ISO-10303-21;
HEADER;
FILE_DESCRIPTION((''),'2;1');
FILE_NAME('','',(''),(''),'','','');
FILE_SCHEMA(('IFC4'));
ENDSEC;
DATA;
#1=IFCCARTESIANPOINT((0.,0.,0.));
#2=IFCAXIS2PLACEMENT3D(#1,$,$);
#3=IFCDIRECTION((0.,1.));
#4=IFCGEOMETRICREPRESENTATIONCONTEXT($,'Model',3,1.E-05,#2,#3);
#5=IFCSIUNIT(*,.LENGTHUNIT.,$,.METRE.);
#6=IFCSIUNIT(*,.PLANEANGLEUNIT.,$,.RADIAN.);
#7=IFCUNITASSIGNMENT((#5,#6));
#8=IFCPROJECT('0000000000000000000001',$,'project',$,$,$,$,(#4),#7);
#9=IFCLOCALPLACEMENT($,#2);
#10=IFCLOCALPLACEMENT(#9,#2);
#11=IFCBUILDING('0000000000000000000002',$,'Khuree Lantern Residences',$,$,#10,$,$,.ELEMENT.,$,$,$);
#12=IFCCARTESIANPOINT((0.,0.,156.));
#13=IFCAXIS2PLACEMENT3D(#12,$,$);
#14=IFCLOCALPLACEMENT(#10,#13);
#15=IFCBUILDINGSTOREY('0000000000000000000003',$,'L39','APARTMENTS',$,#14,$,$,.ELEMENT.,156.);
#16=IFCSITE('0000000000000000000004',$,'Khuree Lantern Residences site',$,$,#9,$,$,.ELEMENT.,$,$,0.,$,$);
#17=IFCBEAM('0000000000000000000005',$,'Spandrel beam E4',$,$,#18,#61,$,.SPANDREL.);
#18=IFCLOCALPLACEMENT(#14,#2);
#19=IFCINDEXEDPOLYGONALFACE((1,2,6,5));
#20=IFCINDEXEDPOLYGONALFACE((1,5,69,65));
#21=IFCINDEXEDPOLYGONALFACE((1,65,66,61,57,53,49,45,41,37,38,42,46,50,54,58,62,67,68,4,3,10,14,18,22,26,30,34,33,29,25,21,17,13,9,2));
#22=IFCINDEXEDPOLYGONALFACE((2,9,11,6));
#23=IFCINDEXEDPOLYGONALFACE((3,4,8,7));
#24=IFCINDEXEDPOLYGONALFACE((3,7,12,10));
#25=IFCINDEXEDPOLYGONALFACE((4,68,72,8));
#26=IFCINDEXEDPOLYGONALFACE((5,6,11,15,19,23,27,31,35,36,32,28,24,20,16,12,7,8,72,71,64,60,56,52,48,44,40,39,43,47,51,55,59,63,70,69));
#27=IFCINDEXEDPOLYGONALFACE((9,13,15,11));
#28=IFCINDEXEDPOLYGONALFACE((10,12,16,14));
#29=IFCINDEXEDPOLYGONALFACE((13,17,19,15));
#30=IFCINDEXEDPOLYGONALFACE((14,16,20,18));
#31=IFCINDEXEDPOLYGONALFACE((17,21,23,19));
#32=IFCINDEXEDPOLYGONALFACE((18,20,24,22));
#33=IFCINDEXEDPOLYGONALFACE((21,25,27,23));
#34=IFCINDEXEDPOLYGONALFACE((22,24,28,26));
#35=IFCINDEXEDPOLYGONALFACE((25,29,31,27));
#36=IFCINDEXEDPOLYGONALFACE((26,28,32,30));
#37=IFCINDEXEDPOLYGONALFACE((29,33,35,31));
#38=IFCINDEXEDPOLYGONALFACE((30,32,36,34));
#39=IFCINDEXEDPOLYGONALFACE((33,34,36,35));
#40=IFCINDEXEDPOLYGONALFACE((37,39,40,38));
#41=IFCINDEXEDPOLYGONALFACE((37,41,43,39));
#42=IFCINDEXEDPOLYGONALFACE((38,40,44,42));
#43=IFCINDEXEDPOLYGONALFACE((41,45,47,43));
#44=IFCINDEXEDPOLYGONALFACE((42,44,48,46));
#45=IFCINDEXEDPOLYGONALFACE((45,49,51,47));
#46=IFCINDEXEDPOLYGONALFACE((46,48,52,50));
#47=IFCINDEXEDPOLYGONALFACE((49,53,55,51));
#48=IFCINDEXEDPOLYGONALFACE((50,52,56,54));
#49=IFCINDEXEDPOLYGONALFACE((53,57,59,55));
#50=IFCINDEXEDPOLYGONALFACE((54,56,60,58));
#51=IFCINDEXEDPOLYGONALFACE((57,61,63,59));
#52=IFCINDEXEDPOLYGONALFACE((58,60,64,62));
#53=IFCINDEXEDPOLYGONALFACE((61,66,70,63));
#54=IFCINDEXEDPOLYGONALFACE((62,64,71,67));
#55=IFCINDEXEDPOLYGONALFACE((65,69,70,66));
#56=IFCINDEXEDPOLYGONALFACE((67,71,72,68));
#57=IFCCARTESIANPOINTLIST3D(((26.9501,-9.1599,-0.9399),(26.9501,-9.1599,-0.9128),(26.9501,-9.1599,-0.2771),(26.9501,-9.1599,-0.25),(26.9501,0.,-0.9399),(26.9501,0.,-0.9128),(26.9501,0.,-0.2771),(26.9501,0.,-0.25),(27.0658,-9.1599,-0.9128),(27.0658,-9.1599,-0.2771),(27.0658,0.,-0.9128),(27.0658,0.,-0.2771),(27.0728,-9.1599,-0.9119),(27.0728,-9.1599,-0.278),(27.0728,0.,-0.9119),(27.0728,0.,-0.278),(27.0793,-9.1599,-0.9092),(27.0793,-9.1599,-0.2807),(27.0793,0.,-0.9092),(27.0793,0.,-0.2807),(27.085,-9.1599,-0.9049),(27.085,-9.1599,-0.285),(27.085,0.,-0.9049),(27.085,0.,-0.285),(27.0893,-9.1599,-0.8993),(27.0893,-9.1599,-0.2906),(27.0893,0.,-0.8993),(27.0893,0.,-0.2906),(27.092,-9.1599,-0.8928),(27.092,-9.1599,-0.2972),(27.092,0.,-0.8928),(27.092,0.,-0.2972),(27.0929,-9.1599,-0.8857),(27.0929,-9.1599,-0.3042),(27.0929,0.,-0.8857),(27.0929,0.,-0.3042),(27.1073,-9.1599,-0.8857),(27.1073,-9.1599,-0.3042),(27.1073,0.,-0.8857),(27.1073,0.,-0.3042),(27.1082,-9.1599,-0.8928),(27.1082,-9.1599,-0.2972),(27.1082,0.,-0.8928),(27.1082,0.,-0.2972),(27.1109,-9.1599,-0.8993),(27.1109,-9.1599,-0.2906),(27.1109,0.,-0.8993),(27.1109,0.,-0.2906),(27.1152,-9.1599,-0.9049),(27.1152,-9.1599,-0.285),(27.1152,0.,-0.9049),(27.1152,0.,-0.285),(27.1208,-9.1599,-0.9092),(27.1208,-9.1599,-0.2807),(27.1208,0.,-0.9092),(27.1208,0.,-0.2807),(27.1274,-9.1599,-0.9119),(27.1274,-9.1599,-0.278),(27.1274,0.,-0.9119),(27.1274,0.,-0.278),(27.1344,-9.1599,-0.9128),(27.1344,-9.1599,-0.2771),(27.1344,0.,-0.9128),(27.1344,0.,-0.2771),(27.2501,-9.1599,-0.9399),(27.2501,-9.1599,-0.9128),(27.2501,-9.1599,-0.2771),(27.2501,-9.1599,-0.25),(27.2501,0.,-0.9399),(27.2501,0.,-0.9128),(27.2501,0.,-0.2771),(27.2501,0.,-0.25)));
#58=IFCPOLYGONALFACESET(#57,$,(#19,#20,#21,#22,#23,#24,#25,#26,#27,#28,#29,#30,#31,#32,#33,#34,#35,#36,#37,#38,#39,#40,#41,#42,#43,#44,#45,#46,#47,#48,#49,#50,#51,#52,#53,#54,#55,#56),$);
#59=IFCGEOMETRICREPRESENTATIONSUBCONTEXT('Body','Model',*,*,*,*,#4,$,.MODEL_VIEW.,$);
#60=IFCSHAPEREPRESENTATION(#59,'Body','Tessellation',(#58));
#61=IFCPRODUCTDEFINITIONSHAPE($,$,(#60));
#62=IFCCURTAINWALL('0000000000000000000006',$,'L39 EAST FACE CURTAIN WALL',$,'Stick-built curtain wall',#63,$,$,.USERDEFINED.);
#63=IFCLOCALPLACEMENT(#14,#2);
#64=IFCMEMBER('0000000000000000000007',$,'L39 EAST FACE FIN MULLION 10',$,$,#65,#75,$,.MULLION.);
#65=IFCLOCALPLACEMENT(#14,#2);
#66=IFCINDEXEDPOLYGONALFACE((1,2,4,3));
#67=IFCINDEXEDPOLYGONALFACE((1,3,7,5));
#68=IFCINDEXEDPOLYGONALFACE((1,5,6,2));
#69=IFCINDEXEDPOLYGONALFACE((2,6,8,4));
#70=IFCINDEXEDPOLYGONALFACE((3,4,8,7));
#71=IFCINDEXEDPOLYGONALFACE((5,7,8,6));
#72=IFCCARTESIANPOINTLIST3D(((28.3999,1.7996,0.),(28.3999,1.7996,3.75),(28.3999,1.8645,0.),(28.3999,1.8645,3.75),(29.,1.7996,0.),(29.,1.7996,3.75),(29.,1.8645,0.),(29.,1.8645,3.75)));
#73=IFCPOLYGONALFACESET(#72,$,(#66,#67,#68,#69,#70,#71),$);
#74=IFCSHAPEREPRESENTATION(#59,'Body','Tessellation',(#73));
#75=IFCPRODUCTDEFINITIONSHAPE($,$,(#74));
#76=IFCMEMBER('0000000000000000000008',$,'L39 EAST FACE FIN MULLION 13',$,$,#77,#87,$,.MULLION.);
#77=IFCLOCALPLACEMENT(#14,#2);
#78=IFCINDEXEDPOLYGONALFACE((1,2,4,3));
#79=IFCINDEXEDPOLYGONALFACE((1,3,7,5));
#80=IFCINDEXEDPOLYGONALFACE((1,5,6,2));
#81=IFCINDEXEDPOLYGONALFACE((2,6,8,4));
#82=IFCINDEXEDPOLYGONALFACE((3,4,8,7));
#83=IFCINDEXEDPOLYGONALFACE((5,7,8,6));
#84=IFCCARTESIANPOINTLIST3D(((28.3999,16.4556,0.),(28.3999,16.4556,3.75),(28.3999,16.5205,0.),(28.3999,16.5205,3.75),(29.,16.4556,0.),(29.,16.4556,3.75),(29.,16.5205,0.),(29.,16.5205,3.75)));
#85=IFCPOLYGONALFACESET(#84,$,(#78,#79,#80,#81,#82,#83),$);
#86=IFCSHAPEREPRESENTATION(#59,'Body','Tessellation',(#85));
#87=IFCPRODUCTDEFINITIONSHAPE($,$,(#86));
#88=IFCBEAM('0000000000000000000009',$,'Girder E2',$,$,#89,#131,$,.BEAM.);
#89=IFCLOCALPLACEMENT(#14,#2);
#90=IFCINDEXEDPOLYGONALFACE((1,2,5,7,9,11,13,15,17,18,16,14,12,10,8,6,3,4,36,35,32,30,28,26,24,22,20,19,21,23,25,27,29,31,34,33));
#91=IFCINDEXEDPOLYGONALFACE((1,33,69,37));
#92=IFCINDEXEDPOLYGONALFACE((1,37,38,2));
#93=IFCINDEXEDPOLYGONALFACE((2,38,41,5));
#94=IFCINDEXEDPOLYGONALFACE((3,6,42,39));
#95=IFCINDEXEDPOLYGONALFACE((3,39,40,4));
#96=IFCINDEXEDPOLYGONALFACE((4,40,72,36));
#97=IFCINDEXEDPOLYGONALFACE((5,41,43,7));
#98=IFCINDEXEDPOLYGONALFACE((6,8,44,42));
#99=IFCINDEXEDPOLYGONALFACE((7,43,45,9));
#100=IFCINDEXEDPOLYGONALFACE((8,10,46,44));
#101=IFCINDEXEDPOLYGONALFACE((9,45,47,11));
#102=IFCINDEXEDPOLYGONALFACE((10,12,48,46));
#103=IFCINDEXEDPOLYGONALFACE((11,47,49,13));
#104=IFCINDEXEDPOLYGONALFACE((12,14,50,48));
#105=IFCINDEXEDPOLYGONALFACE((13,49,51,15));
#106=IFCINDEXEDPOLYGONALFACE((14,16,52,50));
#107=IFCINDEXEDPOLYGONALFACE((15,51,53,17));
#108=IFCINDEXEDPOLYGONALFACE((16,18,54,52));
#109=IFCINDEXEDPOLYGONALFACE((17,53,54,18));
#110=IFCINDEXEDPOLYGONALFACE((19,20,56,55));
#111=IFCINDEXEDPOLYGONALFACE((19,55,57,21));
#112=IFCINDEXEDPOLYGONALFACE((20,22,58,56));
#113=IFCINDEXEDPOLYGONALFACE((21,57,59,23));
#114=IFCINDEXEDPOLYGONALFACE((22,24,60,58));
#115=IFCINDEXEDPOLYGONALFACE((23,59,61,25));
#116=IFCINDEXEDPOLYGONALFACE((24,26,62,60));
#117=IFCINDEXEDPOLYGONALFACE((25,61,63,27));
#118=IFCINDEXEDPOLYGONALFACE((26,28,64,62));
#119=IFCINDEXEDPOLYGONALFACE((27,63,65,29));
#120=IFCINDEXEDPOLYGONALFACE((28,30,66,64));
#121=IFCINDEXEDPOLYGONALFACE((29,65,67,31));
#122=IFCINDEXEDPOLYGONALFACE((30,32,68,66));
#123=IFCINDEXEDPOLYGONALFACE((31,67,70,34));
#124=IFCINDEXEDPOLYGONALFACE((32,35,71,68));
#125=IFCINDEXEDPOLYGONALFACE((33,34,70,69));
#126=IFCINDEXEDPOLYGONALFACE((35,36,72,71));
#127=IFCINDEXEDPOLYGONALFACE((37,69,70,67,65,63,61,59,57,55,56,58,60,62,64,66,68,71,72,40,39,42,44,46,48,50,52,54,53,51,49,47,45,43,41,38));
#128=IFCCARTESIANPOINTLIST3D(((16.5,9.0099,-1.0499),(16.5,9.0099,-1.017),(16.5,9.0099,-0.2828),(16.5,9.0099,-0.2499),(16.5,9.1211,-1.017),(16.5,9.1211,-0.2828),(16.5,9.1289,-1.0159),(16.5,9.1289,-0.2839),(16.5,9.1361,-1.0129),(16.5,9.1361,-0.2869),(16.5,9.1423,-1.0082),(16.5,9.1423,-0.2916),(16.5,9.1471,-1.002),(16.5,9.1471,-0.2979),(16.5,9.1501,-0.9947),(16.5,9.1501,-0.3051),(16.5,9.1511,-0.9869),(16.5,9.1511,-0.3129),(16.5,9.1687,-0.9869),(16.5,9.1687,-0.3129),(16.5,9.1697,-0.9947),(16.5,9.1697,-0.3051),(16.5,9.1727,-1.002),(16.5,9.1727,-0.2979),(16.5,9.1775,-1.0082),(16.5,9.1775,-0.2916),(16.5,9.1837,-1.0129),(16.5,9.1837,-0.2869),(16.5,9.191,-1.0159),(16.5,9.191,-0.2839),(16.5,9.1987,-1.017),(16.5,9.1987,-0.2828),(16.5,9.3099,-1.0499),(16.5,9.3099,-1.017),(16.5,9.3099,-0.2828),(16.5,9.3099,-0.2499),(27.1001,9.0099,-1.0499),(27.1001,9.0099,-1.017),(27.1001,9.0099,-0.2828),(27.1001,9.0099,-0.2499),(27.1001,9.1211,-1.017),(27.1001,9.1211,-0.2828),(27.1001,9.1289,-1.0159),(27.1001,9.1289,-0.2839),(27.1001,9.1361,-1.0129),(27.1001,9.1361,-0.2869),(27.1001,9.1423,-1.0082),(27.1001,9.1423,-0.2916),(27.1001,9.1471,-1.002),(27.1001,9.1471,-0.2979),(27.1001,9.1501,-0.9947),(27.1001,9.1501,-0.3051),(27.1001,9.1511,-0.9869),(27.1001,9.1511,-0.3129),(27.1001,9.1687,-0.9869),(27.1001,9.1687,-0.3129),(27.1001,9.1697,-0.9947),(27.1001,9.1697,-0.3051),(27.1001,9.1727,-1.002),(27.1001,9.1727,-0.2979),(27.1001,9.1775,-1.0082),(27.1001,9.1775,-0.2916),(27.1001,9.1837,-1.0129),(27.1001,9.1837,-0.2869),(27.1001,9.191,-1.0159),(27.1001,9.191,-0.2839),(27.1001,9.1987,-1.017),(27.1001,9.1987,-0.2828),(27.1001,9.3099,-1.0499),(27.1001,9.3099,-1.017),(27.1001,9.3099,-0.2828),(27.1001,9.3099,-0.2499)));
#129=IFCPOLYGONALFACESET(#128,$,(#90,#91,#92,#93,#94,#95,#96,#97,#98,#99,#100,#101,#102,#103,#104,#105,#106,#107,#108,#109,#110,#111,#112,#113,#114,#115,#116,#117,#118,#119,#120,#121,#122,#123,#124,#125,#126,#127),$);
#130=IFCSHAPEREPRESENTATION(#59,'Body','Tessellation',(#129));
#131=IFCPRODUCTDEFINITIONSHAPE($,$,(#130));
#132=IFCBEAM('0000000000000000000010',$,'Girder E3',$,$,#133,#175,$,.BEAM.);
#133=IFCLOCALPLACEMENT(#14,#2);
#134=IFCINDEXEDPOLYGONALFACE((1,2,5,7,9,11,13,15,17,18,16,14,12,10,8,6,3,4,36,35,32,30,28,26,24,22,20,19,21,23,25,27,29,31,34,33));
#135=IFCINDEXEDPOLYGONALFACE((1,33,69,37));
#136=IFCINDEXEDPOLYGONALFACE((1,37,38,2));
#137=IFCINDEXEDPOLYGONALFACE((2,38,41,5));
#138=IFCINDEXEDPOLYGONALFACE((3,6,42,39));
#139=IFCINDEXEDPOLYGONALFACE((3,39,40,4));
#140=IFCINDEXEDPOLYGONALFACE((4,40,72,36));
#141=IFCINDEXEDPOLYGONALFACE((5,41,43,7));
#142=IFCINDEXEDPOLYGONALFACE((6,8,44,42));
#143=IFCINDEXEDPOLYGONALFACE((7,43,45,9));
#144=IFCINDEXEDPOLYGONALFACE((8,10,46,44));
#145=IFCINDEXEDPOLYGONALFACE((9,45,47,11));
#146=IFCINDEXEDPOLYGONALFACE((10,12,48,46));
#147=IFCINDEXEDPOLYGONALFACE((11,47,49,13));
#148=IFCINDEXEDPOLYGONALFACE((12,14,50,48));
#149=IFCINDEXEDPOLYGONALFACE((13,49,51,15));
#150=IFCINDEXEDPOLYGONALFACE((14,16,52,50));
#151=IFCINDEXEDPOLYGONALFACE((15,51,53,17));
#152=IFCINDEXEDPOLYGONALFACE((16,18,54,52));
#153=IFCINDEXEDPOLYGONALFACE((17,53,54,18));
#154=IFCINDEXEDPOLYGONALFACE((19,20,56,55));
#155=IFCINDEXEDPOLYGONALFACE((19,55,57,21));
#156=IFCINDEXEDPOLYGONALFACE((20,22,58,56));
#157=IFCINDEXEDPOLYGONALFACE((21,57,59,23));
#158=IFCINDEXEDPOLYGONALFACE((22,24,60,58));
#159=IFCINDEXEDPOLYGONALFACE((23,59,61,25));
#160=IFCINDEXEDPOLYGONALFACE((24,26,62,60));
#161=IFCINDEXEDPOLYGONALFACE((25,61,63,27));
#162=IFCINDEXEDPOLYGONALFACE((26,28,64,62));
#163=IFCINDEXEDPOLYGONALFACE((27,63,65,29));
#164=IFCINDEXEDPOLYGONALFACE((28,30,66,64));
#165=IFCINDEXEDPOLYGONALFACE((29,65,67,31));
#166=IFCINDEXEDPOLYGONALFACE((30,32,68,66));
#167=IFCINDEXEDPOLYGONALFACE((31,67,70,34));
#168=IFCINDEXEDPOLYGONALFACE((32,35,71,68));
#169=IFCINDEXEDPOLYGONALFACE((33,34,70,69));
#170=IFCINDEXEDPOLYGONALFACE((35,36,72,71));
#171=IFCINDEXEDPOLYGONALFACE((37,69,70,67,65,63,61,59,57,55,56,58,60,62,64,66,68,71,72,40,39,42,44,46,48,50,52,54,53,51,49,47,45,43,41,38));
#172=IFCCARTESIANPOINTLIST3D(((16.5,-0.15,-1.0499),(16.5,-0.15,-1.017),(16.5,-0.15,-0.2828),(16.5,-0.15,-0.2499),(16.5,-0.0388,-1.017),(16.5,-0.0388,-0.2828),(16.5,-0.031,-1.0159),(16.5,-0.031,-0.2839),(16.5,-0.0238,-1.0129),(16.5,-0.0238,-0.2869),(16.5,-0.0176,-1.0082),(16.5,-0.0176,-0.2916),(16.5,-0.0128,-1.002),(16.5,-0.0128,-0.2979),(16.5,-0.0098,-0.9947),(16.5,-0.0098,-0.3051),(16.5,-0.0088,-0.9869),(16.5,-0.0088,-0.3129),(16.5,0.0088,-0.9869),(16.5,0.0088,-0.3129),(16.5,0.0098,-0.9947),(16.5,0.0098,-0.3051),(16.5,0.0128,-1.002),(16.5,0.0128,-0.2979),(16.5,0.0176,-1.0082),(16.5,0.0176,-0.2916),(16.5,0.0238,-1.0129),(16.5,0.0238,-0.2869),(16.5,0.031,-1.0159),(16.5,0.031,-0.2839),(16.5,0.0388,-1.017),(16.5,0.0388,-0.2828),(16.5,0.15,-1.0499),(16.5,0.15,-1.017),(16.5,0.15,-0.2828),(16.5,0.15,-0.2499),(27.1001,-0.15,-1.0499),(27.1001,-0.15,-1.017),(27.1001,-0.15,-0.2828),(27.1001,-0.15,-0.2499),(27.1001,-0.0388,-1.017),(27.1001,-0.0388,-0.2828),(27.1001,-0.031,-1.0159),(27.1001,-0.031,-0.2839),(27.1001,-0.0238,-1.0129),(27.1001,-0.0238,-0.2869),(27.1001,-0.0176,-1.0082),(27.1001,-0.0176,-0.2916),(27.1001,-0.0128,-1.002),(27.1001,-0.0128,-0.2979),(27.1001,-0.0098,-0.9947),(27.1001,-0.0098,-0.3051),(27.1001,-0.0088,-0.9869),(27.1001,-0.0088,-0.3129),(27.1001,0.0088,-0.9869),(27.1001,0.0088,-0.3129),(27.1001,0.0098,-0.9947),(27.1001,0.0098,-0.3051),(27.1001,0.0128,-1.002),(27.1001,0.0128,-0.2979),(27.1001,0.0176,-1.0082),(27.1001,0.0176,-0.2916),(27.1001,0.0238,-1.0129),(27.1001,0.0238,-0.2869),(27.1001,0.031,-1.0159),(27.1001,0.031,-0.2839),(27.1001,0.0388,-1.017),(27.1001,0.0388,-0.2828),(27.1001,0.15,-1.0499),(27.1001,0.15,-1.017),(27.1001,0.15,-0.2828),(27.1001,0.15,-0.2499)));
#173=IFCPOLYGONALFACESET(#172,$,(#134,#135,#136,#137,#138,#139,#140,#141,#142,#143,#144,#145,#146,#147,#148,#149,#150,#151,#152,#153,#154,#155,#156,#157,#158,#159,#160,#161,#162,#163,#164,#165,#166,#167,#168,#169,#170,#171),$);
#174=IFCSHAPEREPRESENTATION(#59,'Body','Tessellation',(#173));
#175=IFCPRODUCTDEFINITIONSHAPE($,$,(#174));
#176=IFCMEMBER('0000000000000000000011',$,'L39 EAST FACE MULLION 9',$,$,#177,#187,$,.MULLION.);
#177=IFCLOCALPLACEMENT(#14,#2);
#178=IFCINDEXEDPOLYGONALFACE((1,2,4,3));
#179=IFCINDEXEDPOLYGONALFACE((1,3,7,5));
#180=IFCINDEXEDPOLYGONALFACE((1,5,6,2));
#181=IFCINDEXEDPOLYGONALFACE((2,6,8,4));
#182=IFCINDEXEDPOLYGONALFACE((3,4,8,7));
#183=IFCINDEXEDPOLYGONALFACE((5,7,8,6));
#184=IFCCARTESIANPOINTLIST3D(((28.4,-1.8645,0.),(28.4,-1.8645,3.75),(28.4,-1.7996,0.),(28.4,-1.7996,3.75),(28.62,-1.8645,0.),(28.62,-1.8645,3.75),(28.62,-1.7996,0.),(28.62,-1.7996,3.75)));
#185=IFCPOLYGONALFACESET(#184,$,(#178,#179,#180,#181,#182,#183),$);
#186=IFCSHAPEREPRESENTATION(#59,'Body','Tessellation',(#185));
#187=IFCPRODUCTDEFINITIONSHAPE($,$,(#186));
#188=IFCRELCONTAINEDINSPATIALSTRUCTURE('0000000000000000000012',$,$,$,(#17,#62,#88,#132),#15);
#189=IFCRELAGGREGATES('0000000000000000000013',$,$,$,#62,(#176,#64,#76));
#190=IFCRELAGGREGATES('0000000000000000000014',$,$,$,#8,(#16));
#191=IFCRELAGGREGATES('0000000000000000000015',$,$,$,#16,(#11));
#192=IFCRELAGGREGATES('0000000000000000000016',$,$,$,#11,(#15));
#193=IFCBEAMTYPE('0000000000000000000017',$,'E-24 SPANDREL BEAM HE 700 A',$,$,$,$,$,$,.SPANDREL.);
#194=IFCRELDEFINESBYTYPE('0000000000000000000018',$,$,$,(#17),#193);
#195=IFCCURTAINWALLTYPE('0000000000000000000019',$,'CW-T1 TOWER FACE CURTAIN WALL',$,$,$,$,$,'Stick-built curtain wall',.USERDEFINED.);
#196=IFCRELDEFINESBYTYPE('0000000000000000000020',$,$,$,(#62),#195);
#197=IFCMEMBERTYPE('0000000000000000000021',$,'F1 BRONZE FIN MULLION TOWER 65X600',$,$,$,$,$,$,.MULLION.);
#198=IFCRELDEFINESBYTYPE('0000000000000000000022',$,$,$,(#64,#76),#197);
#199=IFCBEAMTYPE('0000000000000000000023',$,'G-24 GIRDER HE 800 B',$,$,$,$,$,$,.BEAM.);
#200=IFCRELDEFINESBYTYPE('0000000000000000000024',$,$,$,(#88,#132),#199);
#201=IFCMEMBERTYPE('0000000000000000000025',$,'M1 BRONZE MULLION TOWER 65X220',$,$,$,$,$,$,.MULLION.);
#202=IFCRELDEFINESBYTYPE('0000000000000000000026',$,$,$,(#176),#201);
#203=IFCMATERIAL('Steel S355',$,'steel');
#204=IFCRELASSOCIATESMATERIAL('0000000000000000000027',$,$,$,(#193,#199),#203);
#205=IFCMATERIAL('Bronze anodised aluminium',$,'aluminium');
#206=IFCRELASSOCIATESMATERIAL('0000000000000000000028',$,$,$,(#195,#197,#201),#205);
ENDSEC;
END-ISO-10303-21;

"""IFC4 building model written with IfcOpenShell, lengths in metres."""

from ifc_helpers import new_model, si_unit, direction, frame, origin, origin_2d, place, context, subcontext, project, spatial, rectangle, i_section, extrude, material, material_profile, profile_set, type_object, element, aggregate, save


model = new_model("IFC4")

# Units and contexts
model_context = context("Model", 3, precision=1e-05, world=origin(), true_north=direction((0.0, 1.0)))
body_context = subcontext(model_context, "Body", "Model", "MODEL_VIEW")
ifc_project = project(units=[si_unit("LENGTHUNIT", "METRE"), si_unit("PLANEANGLEUNIT", "RADIAN")], contexts=[model_context])

# Site, building, storey
site_placement = place(None, origin())
site = spatial("IfcSite", under=ifc_project, at=site_placement, Name="Khuree Lantern Residences site", CompositionType="ELEMENT", RefElevation=0.0)
building_placement = place(site_placement, origin())
building = spatial("IfcBuilding", under=site, at=building_placement, Name="Khuree Lantern Residences", CompositionType="ELEMENT")
storey_placement = place(building_placement, frame((0.0, 0.0, 156.0)))
storey = spatial("IfcBuildingStorey", under=building, at=storey_placement, Name="L39", Description="APARTMENTS", CompositionType="ELEMENT", Elevation=156.0)

# Beam
ifc_material_1 = material(Name="Steel S355", Category="steel")
ifc_material_profile_1 = material_profile(ifc_material_1, i_section(OverallWidth=0.3, OverallDepth=0.6899, WebThickness=0.0144, FlangeThickness=0.0271, FilletRadius=0.0271, at=origin_2d()), Name="HE 700 A")
ifc_profile_set_1 = profile_set([ifc_material_profile_1], Name="Steel S355")
beam_type_1 = type_object("IfcBeamType", Name="E-24 SPANDREL BEAM HE 700 A", PredefinedType="SPANDREL", material=ifc_profile_set_1)
for number, where, z_axis, x_axis, name in (
    (1, (27.1001, 0.0, -0.595), (0.0, -1.0, 0.0), (1.0, 0.0, 0.0), "Spandrel beam E4"),
):
    element("IfcBeam", number, at=place(storey_placement, frame(where, z_axis=z_axis, x_axis=x_axis)), inside=storey, type_object=beam_type_1, Name=name, PredefinedType="SPANDREL", context=body_context, shape_type="SweptSolid", body=[
        extrude(i_section(OverallWidth=0.3, OverallDepth=0.6899, WebThickness=0.0144, FlangeThickness=0.0271, FilletRadius=0.0271, at=origin_2d()), origin(), (0.0, 0.0, 1.0), 9.1599),
    ])

# Curtain wall, members
ifc_material_2 = material(Name="Bronze anodised aluminium", Category="aluminium")
curtain_wall_type = type_object("IfcCurtainWallType", Name="CW-T1 TOWER FACE CURTAIN WALL", ElementType="Stick-built curtain wall", PredefinedType="USERDEFINED", material=ifc_material_2)
curtain_wall_placement = place(storey_placement, origin())
curtain_wall = element("IfcCurtainWall", 2, at=curtain_wall_placement, inside=storey, type_object=curtain_wall_type, Name="L39 EAST FACE CURTAIN WALL", ObjectType="Stick-built curtain wall", PredefinedType="USERDEFINED")
ifc_material_profile_2 = material_profile(ifc_material_2, rectangle(XDim=0.0649, YDim=0.6001, at=origin_2d()), Name="F1 65X600")
ifc_profile_set_2 = profile_set([ifc_material_profile_2], Name="Bronze anodised aluminium")
member_type_1 = type_object("IfcMemberType", Name="F1 BRONZE FIN MULLION TOWER 65X600", PredefinedType="MULLION", material=ifc_profile_set_2)
member_1_placement = place(storey_placement, frame((28.7, 1.832, 0.0), z_axis=(0.0, 0.0, 1.0), x_axis=(0.0, 1.0, 0.0)))
member_1 = element("IfcMember", 3, at=member_1_placement, type_object=member_type_1, Name="L39 EAST FACE FIN MULLION 10", PredefinedType="MULLION", context=body_context, shape_type="SweptSolid", body=[
    extrude(rectangle(XDim=0.0649, YDim=0.6001, at=origin_2d()), origin(), (0.0, 0.0, 1.0), 3.75),
])
member_2_placement = place(storey_placement, frame((28.7, 16.488, 0.0), z_axis=(0.0, 0.0, 1.0), x_axis=(0.0, 1.0, 0.0)))
member_2 = element("IfcMember", 4, at=member_2_placement, type_object=member_type_1, Name="L39 EAST FACE FIN MULLION 13", PredefinedType="MULLION", context=body_context, shape_type="SweptSolid", body=[
    extrude(rectangle(XDim=0.0649, YDim=0.6001, at=origin_2d()), origin(), (0.0, 0.0, 1.0), 3.75),
])

# Beams
ifc_material_profile_3 = material_profile(ifc_material_1, i_section(OverallWidth=0.3, OverallDepth=0.8, WebThickness=0.0176, FlangeThickness=0.033, FilletRadius=0.03, at=origin_2d()), Name="HE 800 B")
ifc_profile_set_3 = profile_set([ifc_material_profile_3], Name="Steel S355")
beam_type_2 = type_object("IfcBeamType", Name="G-24 GIRDER HE 800 B", PredefinedType="BEAM", material=ifc_profile_set_3)
for number, where, z_axis, x_axis, name in (
    (5, (27.1001, 9.1599, -0.6499), (-1.0, 0.0, 0.0), (0.0, -1.0, 0.0), "Girder E2"),
    (6, (27.1001, 0.0, -0.6499), (-1.0, 0.0, 0.0), (0.0, -1.0, 0.0), "Girder E3"),
):
    element("IfcBeam", number, at=place(storey_placement, frame(where, z_axis=z_axis, x_axis=x_axis)), inside=storey, type_object=beam_type_2, Name=name, PredefinedType="BEAM", context=body_context, shape_type="SweptSolid", body=[
        extrude(i_section(OverallWidth=0.3, OverallDepth=0.8, WebThickness=0.0176, FlangeThickness=0.033, FilletRadius=0.03, at=origin_2d()), origin(), (0.0, 0.0, 1.0), 10.6001),
    ])

# Member
ifc_material_profile_4 = material_profile(ifc_material_2, rectangle(XDim=0.0649, YDim=0.22, at=origin_2d()), Name="M1 65X220")
ifc_profile_set_4 = profile_set([ifc_material_profile_4], Name="Bronze anodised aluminium")
member_type_2 = type_object("IfcMemberType", Name="M1 BRONZE MULLION TOWER 65X220", PredefinedType="MULLION", material=ifc_profile_set_4)
member_3_placement = place(storey_placement, frame((28.51, -1.832, 0.0), z_axis=(0.0, 0.0, 1.0), x_axis=(0.0, 1.0, 0.0)))
member_3 = element("IfcMember", 7, at=member_3_placement, type_object=member_type_2, Name="L39 EAST FACE MULLION 9", PredefinedType="MULLION", context=body_context, shape_type="SweptSolid", body=[
    extrude(rectangle(XDim=0.0649, YDim=0.22, at=origin_2d()), origin(), (0.0, 0.0, 1.0), 3.75),
])

aggregate(curtain_wall, [member_3, member_1, member_2])

save(model, "model.ifc")
